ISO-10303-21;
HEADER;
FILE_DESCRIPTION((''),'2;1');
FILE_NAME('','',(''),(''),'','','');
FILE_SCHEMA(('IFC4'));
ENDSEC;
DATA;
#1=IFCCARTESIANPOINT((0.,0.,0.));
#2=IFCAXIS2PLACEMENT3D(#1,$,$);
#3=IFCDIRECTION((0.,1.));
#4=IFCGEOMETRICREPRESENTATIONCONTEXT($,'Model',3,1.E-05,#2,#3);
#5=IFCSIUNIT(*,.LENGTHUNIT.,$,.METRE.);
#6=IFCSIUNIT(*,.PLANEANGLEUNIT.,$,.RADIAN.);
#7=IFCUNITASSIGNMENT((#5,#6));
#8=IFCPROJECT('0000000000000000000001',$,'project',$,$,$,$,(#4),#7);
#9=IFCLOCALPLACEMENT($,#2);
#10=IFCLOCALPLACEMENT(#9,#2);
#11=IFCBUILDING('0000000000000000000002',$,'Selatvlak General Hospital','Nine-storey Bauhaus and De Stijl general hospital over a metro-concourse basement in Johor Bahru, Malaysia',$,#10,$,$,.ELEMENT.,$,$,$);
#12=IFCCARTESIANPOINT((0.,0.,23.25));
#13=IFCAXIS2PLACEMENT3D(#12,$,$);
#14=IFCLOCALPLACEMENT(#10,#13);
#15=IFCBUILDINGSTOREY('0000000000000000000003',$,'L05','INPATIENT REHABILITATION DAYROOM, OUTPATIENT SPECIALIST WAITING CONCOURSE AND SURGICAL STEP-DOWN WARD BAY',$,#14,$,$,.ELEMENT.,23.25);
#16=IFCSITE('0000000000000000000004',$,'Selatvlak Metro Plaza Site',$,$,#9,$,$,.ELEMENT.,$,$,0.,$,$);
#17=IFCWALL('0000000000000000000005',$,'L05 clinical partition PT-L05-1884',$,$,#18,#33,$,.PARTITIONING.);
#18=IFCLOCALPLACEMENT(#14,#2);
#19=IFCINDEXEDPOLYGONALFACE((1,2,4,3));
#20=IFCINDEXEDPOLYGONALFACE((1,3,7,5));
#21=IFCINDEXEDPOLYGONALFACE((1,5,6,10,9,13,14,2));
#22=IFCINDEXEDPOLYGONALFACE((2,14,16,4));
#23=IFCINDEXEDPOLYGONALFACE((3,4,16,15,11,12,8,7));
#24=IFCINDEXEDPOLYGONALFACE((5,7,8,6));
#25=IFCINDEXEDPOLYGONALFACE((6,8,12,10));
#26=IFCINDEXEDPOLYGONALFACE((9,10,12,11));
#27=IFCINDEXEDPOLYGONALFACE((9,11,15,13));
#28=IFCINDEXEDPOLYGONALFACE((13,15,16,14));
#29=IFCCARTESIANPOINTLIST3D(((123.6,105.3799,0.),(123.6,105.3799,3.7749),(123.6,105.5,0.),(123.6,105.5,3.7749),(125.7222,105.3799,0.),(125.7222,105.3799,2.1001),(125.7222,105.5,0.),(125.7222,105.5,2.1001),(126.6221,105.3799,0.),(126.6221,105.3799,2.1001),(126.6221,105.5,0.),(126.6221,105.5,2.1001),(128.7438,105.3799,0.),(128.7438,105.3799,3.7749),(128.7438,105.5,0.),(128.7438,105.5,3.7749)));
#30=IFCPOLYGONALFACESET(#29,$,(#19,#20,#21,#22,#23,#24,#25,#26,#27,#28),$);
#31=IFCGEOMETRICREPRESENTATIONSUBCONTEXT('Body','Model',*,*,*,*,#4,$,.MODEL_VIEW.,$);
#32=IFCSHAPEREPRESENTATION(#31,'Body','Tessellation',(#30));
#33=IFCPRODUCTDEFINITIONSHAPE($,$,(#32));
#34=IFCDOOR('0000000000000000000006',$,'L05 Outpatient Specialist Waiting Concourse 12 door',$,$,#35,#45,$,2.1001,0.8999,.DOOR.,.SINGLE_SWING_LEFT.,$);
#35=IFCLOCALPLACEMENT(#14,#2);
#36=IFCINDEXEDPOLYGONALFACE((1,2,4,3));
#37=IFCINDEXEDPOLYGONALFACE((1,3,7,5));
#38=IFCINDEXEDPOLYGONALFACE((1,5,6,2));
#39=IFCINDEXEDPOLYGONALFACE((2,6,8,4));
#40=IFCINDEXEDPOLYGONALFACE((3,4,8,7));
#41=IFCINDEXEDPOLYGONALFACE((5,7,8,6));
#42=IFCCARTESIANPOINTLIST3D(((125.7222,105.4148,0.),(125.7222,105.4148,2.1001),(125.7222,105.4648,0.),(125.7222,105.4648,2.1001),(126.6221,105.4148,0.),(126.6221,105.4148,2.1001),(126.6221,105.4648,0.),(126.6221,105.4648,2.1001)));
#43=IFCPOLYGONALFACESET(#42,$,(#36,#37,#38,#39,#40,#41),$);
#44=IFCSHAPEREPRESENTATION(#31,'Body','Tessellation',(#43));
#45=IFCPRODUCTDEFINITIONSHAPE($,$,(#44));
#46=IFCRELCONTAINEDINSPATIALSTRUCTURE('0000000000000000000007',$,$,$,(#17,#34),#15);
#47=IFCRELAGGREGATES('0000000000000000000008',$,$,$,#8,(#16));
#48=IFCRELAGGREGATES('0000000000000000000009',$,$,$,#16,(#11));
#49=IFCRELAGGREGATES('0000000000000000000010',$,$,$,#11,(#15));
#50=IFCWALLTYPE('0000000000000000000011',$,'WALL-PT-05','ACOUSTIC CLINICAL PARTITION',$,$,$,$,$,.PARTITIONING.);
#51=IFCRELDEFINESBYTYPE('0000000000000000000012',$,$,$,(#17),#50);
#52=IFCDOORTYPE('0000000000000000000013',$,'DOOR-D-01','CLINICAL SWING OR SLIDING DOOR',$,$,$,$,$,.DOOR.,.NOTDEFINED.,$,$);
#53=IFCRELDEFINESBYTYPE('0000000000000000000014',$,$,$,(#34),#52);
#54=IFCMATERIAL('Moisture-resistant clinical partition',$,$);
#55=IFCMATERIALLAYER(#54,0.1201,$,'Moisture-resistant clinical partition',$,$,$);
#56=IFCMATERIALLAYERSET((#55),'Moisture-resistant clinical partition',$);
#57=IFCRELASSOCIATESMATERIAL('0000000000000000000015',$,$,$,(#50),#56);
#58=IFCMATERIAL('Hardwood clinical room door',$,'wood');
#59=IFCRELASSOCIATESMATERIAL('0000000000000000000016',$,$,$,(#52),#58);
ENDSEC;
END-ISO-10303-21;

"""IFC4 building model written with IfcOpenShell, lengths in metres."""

from ifc_helpers import new_model, si_unit, direction, frame, frame_2d, origin, place, context, subcontext, project, spatial, rectangle, extrude, material, layer, layer_set, type_object, element, fill, save


model = new_model("IFC4")

# Units and contexts
model_context = context("Model", 3, precision=1e-05, world=origin(), true_north=direction((0.0, 1.0)))
body_context = subcontext(model_context, "Body", "Model", "MODEL_VIEW")
ifc_project = project(units=[si_unit("LENGTHUNIT", "METRE"), si_unit("PLANEANGLEUNIT", "RADIAN")], contexts=[model_context])

# Site, building, storey
site_placement = place(None, origin())
site = spatial("IfcSite", under=ifc_project, at=site_placement, Name="Selatvlak Metro Plaza Site", CompositionType="ELEMENT", RefElevation=0.0)
building_placement = place(site_placement, origin())
building = spatial("IfcBuilding", under=site, at=building_placement, Name="Selatvlak General Hospital", Description="Nine-storey Bauhaus and De Stijl general hospital over a metro-concourse basement in Johor Bahru, Malaysia", CompositionType="ELEMENT")
storey_placement = place(building_placement, frame((0.0, 0.0, 23.25)))
storey = spatial("IfcBuildingStorey", under=building, at=storey_placement, Name="L05", Description="INPATIENT REHABILITATION DAYROOM, OUTPATIENT SPECIALIST WAITING CONCOURSE AND SURGICAL STEP-DOWN WARD BAY", CompositionType="ELEMENT", Elevation=23.25)

# Shared definitions
ifc_material_1 = material(Name="Moisture-resistant clinical partition")

# Wall, opening, door
ifc_layer_1 = layer(ifc_material_1, 0.1201, Name="Moisture-resistant clinical partition")
ifc_layer_set_1 = layer_set([ifc_layer_1], Name="Moisture-resistant clinical partition")
wall_type_1 = type_object("IfcWallType", Name="WALL-PT-05", Description="ACOUSTIC CLINICAL PARTITION", PredefinedType="PARTITIONING", material=ifc_layer_set_1)
wall_1_placement = place(storey_placement, frame((123.6001, 105.4399, 0.0), z_axis=(0.0, 0.0, 1.0), x_axis=(1.0, 0.0, 0.0)))
wall_1 = element("IfcWall", 1, at=wall_1_placement, inside=storey, type_object=wall_type_1, Name="L05 clinical partition PT-L05-1884", PredefinedType="PARTITIONING", context=body_context, shape_type="SweptSolid", body=[
    extrude(rectangle(XDim=5.1438, YDim=0.1201, at=frame_2d((2.5718, 0.0))), origin(), (0.0, 0.0, 1.0), 3.7749),
])
opening_1_placement = place(wall_1_placement, frame((2.1221, 0.0, 0.0)))
opening_1 = element("IfcOpeningElement", 2, at=opening_1_placement, cuts=wall_1, PredefinedType="OPENING", context=body_context, shape_type="SweptSolid", body=[
    extrude(rectangle(XDim=0.8999, YDim=2.1001, at=frame_2d((0.45, 1.05))), frame((0.0, 0.0701, 0.0), z_axis=(0.0, -1.0, 0.0), x_axis=(1.0, 0.0, 0.0)), (0.0, 0.0, 1.0), 0.1401),
])
ifc_material_2 = material(Name="Hardwood clinical room door", Category="wood")
door_type_1 = type_object("IfcDoorType", Name="DOOR-D-01", Description="CLINICAL SWING OR SLIDING DOOR", OperationType="NOTDEFINED", PredefinedType="DOOR", material=ifc_material_2)
door_1_placement = place(opening_1_placement, origin())
door_1 = element("IfcDoor", 3, at=door_1_placement, inside=storey, type_object=door_type_1, Name="L05 Outpatient Specialist Waiting Concourse 12 door", OperationType="SINGLE_SWING_LEFT", OverallHeight=2.1001, OverallWidth=0.8999, PredefinedType="DOOR", context=body_context, shape_type="SweptSolid", body=[
    extrude(rectangle(XDim=0.8999, YDim=2.1001, at=frame_2d((0.45, 1.05))), frame((0.0, 0.0249, 0.0), z_axis=(0.0, -1.0, 0.0), x_axis=(1.0, 0.0, 0.0)), (0.0, 0.0, 1.0), 0.05),
])
fill(opening_1, door_1)

save(model, "model.ifc")
